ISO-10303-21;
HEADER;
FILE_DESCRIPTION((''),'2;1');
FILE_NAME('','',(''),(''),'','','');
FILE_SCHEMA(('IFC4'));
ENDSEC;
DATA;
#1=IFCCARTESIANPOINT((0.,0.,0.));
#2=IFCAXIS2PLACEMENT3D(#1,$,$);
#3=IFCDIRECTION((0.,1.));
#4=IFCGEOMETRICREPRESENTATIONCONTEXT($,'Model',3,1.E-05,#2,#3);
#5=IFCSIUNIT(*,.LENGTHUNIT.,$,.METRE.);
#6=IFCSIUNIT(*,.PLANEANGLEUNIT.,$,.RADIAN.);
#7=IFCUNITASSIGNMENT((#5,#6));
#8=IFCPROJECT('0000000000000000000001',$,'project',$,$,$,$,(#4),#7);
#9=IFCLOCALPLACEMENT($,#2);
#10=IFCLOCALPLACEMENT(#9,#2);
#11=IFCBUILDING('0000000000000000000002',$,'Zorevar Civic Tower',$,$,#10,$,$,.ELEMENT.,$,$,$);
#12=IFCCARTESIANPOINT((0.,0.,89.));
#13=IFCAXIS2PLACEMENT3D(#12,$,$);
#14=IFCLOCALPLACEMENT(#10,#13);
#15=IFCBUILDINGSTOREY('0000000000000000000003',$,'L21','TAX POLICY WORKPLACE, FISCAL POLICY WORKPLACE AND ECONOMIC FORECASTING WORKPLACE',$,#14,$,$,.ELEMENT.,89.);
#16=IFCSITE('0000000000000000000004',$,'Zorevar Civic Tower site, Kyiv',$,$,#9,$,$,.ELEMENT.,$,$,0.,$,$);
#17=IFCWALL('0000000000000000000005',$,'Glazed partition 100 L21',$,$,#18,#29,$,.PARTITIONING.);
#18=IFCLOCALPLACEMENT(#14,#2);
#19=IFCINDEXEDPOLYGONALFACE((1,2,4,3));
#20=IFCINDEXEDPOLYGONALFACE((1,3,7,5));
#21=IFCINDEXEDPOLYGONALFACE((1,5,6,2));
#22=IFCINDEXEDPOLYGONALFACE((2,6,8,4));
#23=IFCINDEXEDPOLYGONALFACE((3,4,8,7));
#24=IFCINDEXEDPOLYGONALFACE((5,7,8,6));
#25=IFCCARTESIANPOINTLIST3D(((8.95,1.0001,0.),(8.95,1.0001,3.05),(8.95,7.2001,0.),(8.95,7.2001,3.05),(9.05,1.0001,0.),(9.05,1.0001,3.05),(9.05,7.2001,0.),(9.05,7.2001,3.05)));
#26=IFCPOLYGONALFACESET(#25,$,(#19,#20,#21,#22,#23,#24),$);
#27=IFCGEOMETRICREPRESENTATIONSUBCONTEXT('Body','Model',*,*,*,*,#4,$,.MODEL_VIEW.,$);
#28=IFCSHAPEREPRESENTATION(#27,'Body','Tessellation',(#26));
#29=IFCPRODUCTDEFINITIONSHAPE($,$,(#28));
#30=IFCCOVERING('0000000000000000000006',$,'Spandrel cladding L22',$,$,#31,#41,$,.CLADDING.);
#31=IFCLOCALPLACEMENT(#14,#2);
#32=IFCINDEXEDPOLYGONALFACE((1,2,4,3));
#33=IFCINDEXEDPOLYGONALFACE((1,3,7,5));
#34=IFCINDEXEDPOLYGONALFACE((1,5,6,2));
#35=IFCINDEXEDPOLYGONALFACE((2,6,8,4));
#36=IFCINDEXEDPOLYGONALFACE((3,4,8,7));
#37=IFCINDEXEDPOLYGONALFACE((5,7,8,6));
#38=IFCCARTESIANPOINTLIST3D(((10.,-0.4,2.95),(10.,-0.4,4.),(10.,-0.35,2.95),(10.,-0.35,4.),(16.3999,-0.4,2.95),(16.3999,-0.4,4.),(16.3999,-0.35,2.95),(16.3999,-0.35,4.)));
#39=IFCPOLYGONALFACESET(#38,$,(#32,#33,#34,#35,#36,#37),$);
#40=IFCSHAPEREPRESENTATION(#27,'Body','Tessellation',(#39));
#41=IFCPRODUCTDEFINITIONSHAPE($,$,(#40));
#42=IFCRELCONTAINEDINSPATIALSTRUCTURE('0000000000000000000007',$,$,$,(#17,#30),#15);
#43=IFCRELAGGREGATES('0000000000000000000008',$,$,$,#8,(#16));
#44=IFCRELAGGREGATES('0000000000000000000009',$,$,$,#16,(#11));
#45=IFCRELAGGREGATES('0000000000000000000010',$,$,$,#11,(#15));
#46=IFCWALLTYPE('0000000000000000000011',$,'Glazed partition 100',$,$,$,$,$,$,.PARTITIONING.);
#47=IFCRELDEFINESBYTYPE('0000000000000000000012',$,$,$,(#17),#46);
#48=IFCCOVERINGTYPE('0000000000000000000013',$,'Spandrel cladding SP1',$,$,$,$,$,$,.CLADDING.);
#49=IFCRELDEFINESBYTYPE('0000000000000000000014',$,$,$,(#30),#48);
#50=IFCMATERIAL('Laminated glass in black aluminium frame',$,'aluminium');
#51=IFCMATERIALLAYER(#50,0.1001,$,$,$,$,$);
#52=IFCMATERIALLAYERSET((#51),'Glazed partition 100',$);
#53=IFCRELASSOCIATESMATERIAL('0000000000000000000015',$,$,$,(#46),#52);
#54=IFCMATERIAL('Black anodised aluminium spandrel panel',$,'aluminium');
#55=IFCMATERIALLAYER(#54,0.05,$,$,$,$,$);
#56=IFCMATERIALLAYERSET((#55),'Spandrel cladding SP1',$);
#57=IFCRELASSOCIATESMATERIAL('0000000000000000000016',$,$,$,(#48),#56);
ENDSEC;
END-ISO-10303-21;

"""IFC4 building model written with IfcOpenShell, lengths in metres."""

from ifc_helpers import new_model, si_unit, direction, frame, frame_2d, origin, place, context, subcontext, project, spatial, rectangle, extrude, material, layer, layer_set, type_object, element, save


model = new_model("IFC4")

# Units and contexts
model_context = context("Model", 3, precision=1e-05, world=origin(), true_north=direction((0.0, 1.0)))
body_context = subcontext(model_context, "Body", "Model", "MODEL_VIEW")
ifc_project = project(units=[si_unit("LENGTHUNIT", "METRE"), si_unit("PLANEANGLEUNIT", "RADIAN")], contexts=[model_context])

# Site, building, storey
site_placement = place(None, origin())
site = spatial("IfcSite", under=ifc_project, at=site_placement, Name="Zorevar Civic Tower site, Kyiv", CompositionType="ELEMENT", RefElevation=0.0)
building_placement = place(site_placement, origin())
building = spatial("IfcBuilding", under=site, at=building_placement, Name="Zorevar Civic Tower", CompositionType="ELEMENT")
storey_placement = place(building_placement, frame((0.0, 0.0, 89.0)))
storey = spatial("IfcBuildingStorey", under=building, at=storey_placement, Name="L21", Description="TAX POLICY WORKPLACE, FISCAL POLICY WORKPLACE AND ECONOMIC FORECASTING WORKPLACE", CompositionType="ELEMENT", Elevation=89.0)

# Shared definitions
ifc_material_1 = material(Name="Laminated glass in black aluminium frame", Category="aluminium")
ifc_layer_1 = layer(ifc_material_1, 0.1001)
ifc_layer_set_1 = layer_set([ifc_layer_1], Name="Glazed partition 100")
wall_type = type_object("IfcWallType", Name="Glazed partition 100", PredefinedType="PARTITIONING", material=ifc_layer_set_1)

# Wall
wall_1_placement = place(storey_placement, frame((9.0, 1.0, 0.0), z_axis=(0.0, 0.0, 1.0), x_axis=(0.0, 1.0, 0.0)))
element("IfcWall", 1, at=wall_1_placement, inside=storey, type_object=wall_type, Name="Glazed partition 100 L21", PredefinedType="PARTITIONING", context=body_context, shape_type="SweptSolid", body=[
    extrude(rectangle(XDim=6.2, YDim=0.1001, at=frame_2d((3.1001, 0.0))), origin(), (0.0, 0.0, 1.0), 3.05),
])

# Covering
ifc_material_2 = material(Name="Black anodised aluminium spandrel panel", Category="aluminium")
ifc_layer_2 = layer(ifc_material_2, 0.05)
ifc_layer_set_2 = layer_set([ifc_layer_2], Name="Spandrel cladding SP1")
covering_type = type_object("IfcCoveringType", Name="Spandrel cladding SP1", PredefinedType="CLADDING", material=ifc_layer_set_2)
covering_placement = place(storey_placement, frame((10.0, -0.375, 2.95), z_axis=(0.0, 0.0, 1.0), x_axis=(1.0, 0.0, 0.0)))
element("IfcCovering", 2, at=covering_placement, inside=storey, type_object=covering_type, Name="Spandrel cladding L22", PredefinedType="CLADDING", context=body_context, shape_type="SweptSolid", body=[
    extrude(rectangle(XDim=6.3999, YDim=0.05, at=frame_2d((3.2, 0.0))), origin(), (0.0, 0.0, 1.0), 1.05),
])

save(model, "model.ifc")
